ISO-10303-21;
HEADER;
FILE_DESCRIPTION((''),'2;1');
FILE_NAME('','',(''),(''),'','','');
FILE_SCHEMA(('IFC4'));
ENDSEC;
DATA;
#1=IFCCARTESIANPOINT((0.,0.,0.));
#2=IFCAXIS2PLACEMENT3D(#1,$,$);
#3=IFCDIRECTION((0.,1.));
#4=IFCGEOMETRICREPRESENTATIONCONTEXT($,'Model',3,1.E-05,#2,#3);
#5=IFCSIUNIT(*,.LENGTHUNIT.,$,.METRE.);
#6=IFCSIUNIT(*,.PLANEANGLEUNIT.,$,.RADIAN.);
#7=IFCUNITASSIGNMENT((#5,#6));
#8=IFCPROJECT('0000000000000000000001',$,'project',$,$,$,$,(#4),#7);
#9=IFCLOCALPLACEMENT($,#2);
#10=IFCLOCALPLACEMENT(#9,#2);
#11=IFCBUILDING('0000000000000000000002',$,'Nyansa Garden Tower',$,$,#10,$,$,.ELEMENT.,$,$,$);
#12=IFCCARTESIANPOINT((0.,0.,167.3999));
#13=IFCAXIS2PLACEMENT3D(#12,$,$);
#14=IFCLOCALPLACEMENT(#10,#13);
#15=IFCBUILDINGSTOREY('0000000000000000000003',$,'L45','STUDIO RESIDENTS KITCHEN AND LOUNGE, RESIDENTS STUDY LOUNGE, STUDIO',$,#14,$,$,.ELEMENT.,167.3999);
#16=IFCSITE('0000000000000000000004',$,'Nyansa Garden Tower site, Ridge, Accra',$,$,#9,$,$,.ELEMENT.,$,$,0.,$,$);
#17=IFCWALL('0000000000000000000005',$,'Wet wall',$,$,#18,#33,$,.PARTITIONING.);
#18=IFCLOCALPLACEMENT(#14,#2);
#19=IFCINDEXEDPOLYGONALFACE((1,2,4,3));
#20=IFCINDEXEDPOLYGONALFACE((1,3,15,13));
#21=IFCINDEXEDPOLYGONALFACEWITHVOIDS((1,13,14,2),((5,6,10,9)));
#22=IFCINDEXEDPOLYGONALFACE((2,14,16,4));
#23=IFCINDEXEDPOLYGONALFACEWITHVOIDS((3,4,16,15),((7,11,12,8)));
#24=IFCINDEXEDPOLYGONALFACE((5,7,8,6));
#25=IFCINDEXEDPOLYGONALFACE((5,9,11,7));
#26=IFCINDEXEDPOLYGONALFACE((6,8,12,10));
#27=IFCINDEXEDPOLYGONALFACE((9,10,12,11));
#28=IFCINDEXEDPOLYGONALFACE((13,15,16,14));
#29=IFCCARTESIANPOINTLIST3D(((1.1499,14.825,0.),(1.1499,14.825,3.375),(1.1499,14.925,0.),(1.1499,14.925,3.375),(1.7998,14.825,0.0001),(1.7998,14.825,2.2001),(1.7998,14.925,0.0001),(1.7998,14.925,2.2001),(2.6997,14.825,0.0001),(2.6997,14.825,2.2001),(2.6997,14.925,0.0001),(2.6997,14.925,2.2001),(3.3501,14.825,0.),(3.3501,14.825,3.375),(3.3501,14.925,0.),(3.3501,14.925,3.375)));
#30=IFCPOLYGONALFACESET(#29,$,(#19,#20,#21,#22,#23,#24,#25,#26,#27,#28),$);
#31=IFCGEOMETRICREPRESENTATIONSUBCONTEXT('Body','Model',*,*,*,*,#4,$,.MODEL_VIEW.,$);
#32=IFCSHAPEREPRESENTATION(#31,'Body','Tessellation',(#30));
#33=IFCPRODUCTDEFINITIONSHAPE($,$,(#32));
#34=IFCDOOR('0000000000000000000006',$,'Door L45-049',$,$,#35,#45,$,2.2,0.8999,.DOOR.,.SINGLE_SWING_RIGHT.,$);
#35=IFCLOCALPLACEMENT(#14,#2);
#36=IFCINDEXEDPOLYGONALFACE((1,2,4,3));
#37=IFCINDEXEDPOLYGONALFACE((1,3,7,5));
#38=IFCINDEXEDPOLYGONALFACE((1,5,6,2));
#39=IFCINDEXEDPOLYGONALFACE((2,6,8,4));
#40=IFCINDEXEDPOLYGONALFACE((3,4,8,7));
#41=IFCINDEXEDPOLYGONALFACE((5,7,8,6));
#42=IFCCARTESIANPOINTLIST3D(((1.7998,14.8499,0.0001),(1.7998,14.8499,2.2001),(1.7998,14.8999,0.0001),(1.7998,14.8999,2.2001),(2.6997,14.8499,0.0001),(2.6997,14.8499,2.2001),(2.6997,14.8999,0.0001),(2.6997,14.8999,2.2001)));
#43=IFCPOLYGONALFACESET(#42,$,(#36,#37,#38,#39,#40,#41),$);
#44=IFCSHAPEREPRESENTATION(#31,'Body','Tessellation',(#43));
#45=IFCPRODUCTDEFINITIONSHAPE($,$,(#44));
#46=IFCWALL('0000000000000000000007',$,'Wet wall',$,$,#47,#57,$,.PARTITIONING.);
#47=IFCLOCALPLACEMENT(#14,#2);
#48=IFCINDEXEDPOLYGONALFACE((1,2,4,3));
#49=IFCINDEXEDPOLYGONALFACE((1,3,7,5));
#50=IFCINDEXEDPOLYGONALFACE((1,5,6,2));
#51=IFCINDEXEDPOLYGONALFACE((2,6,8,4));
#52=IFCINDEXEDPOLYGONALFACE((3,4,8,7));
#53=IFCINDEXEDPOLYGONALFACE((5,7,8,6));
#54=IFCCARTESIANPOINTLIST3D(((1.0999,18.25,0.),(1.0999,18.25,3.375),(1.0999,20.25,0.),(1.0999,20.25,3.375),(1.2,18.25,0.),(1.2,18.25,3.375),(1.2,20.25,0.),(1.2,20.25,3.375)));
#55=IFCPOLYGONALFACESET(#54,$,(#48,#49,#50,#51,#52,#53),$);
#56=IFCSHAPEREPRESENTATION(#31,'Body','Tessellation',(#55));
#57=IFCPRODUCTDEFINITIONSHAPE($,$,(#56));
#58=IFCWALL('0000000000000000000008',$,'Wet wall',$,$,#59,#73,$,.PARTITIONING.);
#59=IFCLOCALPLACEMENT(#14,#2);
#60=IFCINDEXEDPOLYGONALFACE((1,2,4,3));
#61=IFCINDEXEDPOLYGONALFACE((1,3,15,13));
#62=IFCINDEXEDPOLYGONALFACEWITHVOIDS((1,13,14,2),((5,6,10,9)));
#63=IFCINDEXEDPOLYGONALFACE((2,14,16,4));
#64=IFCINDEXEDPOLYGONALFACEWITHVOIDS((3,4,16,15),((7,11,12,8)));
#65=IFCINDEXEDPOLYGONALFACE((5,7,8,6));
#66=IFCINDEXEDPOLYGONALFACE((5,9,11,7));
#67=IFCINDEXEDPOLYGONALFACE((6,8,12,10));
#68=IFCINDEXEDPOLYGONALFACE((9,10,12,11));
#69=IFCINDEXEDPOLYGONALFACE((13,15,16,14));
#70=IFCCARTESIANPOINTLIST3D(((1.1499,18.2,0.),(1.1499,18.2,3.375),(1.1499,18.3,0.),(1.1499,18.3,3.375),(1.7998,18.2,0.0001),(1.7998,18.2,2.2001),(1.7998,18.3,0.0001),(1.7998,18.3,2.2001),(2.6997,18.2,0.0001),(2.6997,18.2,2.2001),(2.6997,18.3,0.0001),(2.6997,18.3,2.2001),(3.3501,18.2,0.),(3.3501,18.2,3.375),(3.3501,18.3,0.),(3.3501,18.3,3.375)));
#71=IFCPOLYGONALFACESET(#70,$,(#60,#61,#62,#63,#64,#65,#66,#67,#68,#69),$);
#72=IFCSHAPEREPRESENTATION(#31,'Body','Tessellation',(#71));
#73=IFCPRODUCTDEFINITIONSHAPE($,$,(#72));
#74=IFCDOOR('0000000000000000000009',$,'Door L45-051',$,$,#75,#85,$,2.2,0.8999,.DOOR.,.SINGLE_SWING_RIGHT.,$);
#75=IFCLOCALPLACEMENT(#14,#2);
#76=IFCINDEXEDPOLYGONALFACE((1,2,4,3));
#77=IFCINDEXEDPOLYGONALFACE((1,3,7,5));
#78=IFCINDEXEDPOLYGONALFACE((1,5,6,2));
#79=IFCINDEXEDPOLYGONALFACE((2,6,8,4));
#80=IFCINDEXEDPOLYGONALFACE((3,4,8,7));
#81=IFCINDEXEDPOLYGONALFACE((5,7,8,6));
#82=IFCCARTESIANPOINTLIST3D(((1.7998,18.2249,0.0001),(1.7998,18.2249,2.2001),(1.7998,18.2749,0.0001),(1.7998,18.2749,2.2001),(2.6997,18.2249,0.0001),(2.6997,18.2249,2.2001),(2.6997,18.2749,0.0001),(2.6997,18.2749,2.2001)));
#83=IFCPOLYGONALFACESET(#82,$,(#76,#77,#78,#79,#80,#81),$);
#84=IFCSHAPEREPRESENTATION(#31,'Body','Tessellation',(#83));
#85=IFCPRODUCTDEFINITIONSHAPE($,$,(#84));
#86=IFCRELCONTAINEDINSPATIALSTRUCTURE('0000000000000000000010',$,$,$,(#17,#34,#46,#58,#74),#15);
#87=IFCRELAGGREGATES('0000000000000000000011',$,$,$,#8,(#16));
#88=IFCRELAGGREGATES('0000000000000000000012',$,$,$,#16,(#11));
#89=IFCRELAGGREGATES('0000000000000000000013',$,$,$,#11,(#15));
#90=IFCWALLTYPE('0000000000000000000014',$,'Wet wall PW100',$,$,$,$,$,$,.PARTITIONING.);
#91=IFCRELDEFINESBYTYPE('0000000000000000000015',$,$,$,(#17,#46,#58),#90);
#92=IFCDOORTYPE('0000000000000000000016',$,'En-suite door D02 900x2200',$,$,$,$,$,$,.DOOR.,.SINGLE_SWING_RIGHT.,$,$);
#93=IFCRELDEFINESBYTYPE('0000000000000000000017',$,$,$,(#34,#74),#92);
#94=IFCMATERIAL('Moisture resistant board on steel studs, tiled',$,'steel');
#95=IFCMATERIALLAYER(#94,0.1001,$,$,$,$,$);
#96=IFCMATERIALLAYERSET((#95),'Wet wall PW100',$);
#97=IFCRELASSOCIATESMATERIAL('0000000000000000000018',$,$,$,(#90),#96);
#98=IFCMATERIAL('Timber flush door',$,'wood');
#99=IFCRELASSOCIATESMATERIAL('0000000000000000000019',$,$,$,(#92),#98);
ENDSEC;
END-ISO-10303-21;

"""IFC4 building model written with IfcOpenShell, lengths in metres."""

from ifc_helpers import new_model, si_unit, direction, frame, frame_2d, origin, place, context, subcontext, project, spatial, rectangle, extrude, material, layer, layer_set, type_object, element, fill, save


model = new_model("IFC4")

# Units and contexts
model_context = context("Model", 3, precision=1e-05, world=origin(), true_north=direction((0.0, 1.0)))
body_context = subcontext(model_context, "Body", "Model", "MODEL_VIEW")
ifc_project = project(units=[si_unit("LENGTHUNIT", "METRE"), si_unit("PLANEANGLEUNIT", "RADIAN")], contexts=[model_context])

# Site, building, storey
site_placement = place(None, origin())
site = spatial("IfcSite", under=ifc_project, at=site_placement, Name="Nyansa Garden Tower site, Ridge, Accra", CompositionType="ELEMENT", RefElevation=0.0)
building_placement = place(site_placement, origin())
building = spatial("IfcBuilding", under=site, at=building_placement, Name="Nyansa Garden Tower", CompositionType="ELEMENT")
storey_placement = place(building_placement, frame((0.0, 0.0, 167.3999)))
storey = spatial("IfcBuildingStorey", under=building, at=storey_placement, Name="L45", Description="STUDIO RESIDENTS KITCHEN AND LOUNGE, RESIDENTS STUDY LOUNGE, STUDIO", CompositionType="ELEMENT", Elevation=167.3999)

# Shared definitions
ifc_material_1 = material(Name="Moisture resistant board on steel studs, tiled", Category="steel")
ifc_layer_1 = layer(ifc_material_1, 0.1001)
ifc_layer_set_1 = layer_set([ifc_layer_1], Name="Wet wall PW100")
wall_type_1 = type_object("IfcWallType", Name="Wet wall PW100", PredefinedType="PARTITIONING", material=ifc_layer_set_1)

# Wall, opening, door
wall_1_placement = place(storey_placement, frame((1.1499, 14.875, 0.0), z_axis=(0.0, 0.0, 1.0), x_axis=(1.0, 0.0, 0.0)))
wall_1 = element("IfcWall", 1, at=wall_1_placement, inside=storey, type_object=wall_type_1, Name="Wet wall", PredefinedType="PARTITIONING", context=body_context, shape_type="SweptSolid", body=[
    extrude(rectangle(XDim=2.2002, YDim=0.1001, at=frame_2d((1.1001, 0.0))), origin(), (0.0, 0.0, 1.0), 3.375),
])
opening_1_placement = place(wall_1_placement, frame((0.6499, 0.0, 0.0)))
opening_1 = element("IfcOpeningElement", 2, at=opening_1_placement, cuts=wall_1, PredefinedType="OPENING", context=body_context, shape_type="SweptSolid", body=[
    extrude(rectangle(XDim=0.8999, YDim=2.2, at=frame_2d((0.45, 1.1001))), frame((0.0, 0.0601, 0.0), z_axis=(0.0, -1.0, 0.0), x_axis=(1.0, 0.0, 0.0)), (0.0, 0.0, 1.0), 0.1201),
])
ifc_material_2 = material(Name="Timber flush door", Category="wood")
door_type_1 = type_object("IfcDoorType", Name="En-suite door D02 900x2200", OperationType="SINGLE_SWING_RIGHT", PredefinedType="DOOR", material=ifc_material_2)
door_1_placement = place(opening_1_placement, origin())
door_1 = element("IfcDoor", 3, at=door_1_placement, inside=storey, type_object=door_type_1, Name="Door L45-049", OperationType="SINGLE_SWING_RIGHT", OverallHeight=2.2, OverallWidth=0.8999, PredefinedType="DOOR", context=body_context, shape_type="SweptSolid", body=[
    extrude(rectangle(XDim=0.8999, YDim=2.2, at=frame_2d((0.45, 1.1001))), frame((0.0, 0.0249, 0.0), z_axis=(0.0, -1.0, 0.0), x_axis=(1.0, 0.0, 0.0)), (0.0, 0.0, 1.0), 0.05),
])
fill(opening_1, door_1)

# Wall
wall_2_placement = place(storey_placement, frame((1.1499, 18.25, 0.0), z_axis=(0.0, 0.0, 1.0), x_axis=(0.0, 1.0, 0.0)))
element("IfcWall", 4, at=wall_2_placement, inside=storey, type_object=wall_type_1, Name="Wet wall", PredefinedType="PARTITIONING", context=body_context, shape_type="SweptSolid", body=[
    extrude(rectangle(XDim=2.0, YDim=0.1001, at=frame_2d((1.0, 0.0))), origin(), (0.0, 0.0, 1.0), 3.375),
])

# Wall, opening, door
wall_3_placement = place(storey_placement, frame((1.1499, 18.25, 0.0), z_axis=(0.0, 0.0, 1.0), x_axis=(1.0, 0.0, 0.0)))
wall_3 = element("IfcWall", 5, at=wall_3_placement, inside=storey, type_object=wall_type_1, Name="Wet wall", PredefinedType="PARTITIONING", context=body_context, shape_type="SweptSolid", body=[
    extrude(rectangle(XDim=2.2002, YDim=0.1001, at=frame_2d((1.1001, 0.0))), origin(), (0.0, 0.0, 1.0), 3.375),
])
opening_2_placement = place(wall_3_placement, frame((0.6499, 0.0, 0.0)))
opening_2 = element("IfcOpeningElement", 6, at=opening_2_placement, cuts=wall_3, PredefinedType="OPENING", context=body_context, shape_type="SweptSolid", body=[
    extrude(rectangle(XDim=0.8999, YDim=2.2, at=frame_2d((0.45, 1.1001))), frame((0.0, 0.0601, 0.0), z_axis=(0.0, -1.0, 0.0), x_axis=(1.0, 0.0, 0.0)), (0.0, 0.0, 1.0), 0.1201),
])
door_2_placement = place(opening_2_placement, origin())
door_2 = element("IfcDoor", 7, at=door_2_placement, inside=storey, type_object=door_type_1, Name="Door L45-051", OperationType="SINGLE_SWING_RIGHT", OverallHeight=2.2, OverallWidth=0.8999, PredefinedType="DOOR", context=body_context, shape_type="SweptSolid", body=[
    extrude(rectangle(XDim=0.8999, YDim=2.2, at=frame_2d((0.45, 1.1001))), frame((0.0, 0.0249, 0.0), z_axis=(0.0, -1.0, 0.0), x_axis=(1.0, 0.0, 0.0)), (0.0, 0.0, 1.0), 0.05),
])
fill(opening_2, door_2)

save(model, "model.ifc")
